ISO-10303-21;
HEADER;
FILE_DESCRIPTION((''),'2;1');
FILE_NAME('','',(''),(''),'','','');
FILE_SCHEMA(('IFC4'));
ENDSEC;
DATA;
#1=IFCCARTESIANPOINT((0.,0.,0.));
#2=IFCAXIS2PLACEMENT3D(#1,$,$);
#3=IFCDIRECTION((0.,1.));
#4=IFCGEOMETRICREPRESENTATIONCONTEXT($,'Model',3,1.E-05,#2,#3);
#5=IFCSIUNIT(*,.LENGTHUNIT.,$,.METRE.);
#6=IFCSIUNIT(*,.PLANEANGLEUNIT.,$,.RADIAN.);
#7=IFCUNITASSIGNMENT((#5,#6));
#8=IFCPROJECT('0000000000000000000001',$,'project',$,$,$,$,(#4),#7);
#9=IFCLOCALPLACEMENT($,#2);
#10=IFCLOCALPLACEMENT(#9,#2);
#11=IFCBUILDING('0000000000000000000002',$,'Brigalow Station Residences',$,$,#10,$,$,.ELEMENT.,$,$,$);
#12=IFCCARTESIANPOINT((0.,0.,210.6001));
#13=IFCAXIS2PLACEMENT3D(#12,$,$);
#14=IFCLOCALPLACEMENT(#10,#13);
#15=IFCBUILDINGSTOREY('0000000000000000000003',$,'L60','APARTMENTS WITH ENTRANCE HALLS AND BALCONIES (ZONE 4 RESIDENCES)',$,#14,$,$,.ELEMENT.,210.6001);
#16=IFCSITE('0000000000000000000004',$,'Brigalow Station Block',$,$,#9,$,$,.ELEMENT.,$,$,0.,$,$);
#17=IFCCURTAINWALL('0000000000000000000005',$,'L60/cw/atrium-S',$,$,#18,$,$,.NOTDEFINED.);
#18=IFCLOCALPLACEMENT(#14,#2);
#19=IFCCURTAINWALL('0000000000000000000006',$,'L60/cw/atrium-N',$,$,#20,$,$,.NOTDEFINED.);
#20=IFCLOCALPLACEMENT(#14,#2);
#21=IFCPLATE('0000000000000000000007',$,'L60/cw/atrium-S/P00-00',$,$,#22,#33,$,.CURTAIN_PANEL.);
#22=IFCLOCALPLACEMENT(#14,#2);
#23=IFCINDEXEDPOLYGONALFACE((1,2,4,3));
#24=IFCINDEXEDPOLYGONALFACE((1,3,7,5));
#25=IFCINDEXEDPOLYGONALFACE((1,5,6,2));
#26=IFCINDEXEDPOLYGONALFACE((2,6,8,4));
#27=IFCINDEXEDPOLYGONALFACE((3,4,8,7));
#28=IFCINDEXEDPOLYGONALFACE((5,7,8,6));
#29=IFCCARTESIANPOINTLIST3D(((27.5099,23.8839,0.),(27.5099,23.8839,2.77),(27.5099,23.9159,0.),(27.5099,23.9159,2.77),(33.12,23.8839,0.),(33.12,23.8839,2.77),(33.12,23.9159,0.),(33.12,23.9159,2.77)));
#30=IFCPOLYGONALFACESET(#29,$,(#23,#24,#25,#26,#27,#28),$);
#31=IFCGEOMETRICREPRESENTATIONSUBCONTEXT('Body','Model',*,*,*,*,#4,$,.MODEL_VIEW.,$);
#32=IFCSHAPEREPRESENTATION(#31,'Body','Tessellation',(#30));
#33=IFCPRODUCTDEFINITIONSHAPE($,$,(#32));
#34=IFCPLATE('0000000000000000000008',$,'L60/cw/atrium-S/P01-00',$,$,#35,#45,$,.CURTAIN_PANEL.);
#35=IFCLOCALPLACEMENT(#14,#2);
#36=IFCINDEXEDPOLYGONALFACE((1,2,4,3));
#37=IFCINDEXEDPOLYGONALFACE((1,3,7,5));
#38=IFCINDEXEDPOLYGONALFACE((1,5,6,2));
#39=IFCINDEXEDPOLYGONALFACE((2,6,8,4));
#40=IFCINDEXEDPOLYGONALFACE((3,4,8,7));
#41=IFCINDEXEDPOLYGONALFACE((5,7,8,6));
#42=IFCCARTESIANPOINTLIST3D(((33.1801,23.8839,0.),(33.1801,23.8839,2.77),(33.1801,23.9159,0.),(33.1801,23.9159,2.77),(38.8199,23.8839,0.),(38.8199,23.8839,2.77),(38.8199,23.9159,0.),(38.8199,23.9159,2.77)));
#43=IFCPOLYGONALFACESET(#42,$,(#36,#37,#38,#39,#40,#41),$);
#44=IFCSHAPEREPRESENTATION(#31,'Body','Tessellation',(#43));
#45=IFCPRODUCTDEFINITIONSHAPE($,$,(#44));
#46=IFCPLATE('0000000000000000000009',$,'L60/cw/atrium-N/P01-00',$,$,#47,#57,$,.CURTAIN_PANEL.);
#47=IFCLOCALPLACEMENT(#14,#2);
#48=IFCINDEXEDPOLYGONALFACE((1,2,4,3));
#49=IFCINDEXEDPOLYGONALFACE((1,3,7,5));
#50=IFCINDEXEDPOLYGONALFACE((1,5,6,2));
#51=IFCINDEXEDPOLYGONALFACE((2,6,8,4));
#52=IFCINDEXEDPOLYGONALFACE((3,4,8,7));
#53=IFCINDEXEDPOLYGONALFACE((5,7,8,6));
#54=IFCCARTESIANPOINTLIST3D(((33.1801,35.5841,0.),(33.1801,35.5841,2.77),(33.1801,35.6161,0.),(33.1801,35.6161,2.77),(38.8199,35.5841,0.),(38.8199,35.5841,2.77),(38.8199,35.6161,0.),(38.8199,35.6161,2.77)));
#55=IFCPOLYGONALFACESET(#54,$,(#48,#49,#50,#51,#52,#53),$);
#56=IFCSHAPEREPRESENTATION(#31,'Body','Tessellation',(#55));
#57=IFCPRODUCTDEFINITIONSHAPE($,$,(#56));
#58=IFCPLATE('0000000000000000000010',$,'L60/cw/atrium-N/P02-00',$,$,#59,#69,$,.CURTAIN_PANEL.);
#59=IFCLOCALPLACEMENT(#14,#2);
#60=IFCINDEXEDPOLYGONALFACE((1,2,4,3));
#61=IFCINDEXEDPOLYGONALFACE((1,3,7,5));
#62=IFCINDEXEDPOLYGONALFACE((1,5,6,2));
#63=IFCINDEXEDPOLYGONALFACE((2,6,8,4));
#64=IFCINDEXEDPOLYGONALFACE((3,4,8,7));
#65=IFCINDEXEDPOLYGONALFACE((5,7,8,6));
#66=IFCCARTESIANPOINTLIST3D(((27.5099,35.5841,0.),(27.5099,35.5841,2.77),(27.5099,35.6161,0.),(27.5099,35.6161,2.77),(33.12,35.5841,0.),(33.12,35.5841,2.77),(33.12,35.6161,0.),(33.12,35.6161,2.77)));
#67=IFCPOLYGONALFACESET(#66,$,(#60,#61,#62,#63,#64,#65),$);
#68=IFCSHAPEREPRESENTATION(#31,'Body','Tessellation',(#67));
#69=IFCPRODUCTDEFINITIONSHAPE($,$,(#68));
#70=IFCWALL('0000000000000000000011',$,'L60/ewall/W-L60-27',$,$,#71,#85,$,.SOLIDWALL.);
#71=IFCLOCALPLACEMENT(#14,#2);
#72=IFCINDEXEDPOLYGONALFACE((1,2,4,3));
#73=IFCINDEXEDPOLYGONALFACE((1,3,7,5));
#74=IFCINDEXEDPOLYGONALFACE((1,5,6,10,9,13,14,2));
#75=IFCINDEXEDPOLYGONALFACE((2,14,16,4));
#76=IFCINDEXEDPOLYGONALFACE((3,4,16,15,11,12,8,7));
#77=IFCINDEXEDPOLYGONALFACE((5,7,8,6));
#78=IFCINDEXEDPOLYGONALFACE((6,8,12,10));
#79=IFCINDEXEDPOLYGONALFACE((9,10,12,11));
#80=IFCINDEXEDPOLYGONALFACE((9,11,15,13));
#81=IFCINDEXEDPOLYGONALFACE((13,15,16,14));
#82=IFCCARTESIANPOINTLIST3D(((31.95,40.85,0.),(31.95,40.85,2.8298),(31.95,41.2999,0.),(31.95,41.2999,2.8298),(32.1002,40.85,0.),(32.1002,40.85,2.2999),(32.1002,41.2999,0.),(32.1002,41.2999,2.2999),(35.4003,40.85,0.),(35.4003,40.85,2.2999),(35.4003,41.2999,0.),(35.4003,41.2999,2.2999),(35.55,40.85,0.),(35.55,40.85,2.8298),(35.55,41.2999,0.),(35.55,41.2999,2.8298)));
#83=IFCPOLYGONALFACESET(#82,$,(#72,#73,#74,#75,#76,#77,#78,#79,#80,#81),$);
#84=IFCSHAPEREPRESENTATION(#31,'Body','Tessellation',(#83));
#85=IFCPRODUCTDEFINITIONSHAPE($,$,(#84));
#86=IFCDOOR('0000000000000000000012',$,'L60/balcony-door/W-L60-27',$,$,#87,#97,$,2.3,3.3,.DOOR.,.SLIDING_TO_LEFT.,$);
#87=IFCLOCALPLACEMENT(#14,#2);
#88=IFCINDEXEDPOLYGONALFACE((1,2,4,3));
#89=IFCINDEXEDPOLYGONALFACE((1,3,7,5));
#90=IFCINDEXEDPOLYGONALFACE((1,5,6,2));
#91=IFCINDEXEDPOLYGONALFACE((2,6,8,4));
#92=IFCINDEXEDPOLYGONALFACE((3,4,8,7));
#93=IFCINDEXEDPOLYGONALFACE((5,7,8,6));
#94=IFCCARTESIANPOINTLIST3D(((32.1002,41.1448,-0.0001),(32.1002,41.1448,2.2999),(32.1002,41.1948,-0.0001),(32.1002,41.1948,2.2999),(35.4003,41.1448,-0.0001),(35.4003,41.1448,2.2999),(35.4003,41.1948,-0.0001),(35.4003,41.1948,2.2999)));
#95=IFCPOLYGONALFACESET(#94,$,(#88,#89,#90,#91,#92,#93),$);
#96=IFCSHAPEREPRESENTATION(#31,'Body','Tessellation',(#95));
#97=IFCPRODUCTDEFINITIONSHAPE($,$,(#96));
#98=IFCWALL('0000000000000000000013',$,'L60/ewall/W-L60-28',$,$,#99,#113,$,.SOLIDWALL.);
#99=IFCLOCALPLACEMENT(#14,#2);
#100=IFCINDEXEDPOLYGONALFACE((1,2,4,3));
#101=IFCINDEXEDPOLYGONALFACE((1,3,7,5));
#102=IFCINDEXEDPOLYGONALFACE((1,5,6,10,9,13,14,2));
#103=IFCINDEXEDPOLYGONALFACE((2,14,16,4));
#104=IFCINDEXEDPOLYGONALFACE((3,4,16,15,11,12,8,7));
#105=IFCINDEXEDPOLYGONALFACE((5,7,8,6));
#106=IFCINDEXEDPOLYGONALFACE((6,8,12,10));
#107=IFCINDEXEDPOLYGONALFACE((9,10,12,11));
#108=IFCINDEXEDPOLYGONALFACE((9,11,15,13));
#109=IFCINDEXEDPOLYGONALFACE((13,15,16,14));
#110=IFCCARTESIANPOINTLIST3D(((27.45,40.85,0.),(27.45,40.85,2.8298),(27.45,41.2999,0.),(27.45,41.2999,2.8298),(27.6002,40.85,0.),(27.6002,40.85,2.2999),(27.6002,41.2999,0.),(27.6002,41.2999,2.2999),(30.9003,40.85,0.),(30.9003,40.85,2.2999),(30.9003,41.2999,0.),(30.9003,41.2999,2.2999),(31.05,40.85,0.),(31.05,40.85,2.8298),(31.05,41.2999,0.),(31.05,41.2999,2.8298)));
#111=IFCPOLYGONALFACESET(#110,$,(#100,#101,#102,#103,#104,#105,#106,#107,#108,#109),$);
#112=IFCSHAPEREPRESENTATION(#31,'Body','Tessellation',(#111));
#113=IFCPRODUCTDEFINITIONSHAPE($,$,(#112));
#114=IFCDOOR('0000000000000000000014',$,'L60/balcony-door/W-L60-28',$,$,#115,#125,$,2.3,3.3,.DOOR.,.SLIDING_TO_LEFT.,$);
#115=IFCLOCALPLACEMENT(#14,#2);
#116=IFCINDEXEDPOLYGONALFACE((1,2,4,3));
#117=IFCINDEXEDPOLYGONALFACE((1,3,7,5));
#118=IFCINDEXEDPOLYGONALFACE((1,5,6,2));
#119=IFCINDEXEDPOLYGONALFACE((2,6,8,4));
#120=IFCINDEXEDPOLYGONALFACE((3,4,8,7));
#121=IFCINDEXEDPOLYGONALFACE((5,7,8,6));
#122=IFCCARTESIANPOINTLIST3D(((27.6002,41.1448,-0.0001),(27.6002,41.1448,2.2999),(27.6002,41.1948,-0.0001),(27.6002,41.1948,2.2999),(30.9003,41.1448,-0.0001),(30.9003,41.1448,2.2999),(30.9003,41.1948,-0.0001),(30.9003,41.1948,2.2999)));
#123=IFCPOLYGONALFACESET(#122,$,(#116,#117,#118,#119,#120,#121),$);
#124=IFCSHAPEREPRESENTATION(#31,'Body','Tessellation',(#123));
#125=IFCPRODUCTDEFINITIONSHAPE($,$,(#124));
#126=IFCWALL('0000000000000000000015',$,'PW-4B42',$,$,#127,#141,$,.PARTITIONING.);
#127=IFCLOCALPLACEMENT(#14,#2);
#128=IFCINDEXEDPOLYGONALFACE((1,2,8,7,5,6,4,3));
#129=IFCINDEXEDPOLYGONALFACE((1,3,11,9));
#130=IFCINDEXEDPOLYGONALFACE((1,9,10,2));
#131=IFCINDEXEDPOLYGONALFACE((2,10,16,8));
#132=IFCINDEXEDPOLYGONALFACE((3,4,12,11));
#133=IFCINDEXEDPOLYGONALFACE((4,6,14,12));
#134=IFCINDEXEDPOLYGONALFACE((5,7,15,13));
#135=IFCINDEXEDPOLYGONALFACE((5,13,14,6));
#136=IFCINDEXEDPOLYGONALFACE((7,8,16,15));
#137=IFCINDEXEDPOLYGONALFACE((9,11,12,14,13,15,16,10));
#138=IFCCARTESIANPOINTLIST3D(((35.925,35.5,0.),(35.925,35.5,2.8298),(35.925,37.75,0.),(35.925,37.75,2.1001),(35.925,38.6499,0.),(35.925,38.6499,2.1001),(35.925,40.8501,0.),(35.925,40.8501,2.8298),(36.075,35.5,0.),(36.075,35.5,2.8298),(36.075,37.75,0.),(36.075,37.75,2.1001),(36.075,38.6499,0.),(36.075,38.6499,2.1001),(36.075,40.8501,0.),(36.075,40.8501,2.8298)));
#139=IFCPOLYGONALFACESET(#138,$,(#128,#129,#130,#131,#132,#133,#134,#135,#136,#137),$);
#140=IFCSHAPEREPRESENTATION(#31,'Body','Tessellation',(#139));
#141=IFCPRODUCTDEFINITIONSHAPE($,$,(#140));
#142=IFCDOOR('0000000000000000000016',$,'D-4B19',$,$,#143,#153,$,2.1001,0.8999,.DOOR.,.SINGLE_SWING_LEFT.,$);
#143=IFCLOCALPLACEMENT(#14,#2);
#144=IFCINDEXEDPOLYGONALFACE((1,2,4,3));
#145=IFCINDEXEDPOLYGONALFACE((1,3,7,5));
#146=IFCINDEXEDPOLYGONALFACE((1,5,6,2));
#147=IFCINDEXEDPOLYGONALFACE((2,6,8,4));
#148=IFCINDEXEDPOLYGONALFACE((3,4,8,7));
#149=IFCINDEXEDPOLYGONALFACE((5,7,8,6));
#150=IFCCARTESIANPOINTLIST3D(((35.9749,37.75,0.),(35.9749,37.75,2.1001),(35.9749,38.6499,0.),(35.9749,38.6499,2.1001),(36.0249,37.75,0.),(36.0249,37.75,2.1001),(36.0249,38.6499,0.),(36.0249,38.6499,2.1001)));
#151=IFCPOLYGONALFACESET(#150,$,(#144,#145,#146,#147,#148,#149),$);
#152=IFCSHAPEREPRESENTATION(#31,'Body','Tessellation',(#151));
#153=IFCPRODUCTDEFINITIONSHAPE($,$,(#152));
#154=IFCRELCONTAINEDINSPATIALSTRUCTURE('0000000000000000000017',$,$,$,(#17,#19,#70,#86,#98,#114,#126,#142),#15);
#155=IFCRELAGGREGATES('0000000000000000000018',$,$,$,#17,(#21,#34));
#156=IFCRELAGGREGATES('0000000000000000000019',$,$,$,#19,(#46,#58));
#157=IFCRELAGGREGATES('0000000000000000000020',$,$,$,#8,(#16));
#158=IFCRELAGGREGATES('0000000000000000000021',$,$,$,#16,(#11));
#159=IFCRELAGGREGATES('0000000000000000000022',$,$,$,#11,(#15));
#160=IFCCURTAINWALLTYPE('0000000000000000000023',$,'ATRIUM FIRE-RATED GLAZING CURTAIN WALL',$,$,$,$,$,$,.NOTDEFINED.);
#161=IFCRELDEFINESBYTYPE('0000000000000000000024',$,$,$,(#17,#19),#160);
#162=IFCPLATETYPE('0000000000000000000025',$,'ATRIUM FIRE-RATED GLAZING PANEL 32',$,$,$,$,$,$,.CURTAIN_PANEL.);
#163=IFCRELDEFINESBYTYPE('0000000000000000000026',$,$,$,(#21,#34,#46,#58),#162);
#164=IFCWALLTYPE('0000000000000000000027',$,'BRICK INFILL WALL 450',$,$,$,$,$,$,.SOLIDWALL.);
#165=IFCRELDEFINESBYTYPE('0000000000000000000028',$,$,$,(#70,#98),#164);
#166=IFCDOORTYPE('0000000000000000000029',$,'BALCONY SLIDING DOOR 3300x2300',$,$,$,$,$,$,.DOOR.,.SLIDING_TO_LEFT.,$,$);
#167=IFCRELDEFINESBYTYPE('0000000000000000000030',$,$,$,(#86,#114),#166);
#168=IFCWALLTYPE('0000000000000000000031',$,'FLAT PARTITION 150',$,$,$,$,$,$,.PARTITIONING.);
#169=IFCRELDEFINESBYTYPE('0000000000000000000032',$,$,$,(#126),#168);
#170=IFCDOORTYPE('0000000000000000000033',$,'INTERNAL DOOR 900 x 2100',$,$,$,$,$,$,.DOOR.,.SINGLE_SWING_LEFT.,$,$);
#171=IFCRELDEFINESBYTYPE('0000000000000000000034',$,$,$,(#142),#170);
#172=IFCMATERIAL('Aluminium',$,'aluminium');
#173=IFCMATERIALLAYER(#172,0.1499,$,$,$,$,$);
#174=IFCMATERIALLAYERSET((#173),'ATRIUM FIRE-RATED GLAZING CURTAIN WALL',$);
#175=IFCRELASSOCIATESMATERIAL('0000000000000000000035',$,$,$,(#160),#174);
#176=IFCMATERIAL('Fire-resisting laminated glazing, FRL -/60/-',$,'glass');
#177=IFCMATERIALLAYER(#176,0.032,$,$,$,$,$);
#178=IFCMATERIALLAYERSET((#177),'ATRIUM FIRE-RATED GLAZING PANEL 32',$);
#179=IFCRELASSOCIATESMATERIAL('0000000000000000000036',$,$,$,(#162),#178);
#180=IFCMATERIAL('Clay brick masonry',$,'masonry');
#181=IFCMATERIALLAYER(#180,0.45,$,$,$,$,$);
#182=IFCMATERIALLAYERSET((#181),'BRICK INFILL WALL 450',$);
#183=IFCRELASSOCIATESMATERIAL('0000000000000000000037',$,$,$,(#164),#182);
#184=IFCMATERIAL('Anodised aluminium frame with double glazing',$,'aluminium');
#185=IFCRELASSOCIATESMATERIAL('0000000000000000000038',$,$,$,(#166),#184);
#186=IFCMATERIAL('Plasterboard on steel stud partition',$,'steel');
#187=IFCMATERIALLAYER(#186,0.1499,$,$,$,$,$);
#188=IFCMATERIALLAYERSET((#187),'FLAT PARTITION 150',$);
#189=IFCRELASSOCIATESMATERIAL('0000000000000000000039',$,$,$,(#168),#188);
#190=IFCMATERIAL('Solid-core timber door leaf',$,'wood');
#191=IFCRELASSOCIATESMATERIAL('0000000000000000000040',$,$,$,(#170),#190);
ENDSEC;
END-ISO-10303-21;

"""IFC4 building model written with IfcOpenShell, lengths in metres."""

from ifc_helpers import new_model, si_unit, direction, frame, frame_2d, origin, origin_2d, place, context, subcontext, project, spatial, rectangle, extrude, material, layer, layer_set, type_object, element, fill, aggregate, save


model = new_model("IFC4")

# Units and contexts
model_context = context("Model", 3, precision=1e-05, world=origin(), true_north=direction((0.0, 1.0)))
body_context = subcontext(model_context, "Body", "Model", "MODEL_VIEW")
ifc_project = project(units=[si_unit("LENGTHUNIT", "METRE"), si_unit("PLANEANGLEUNIT", "RADIAN")], contexts=[model_context])

# Site, building, storey
site_placement = place(None, origin())
site = spatial("IfcSite", under=ifc_project, at=site_placement, Name="Brigalow Station Block", CompositionType="ELEMENT", RefElevation=0.0)
building_placement = place(site_placement, origin())
building = spatial("IfcBuilding", under=site, at=building_placement, Name="Brigalow Station Residences", CompositionType="ELEMENT")
storey_placement = place(building_placement, frame((0.0, 0.0, 210.6001)))
storey = spatial("IfcBuildingStorey", under=building, at=storey_placement, Name="L60", Description="APARTMENTS WITH ENTRANCE HALLS AND BALCONIES (ZONE 4 RESIDENCES)", CompositionType="ELEMENT", Elevation=210.6001)

# Curtain walls
ifc_material_1 = material(Name="Aluminium", Category="aluminium")
ifc_layer_1 = layer(ifc_material_1, 0.1499)
ifc_layer_set_1 = layer_set([ifc_layer_1], Name="ATRIUM FIRE-RATED GLAZING CURTAIN WALL")
curtain_wall_type = type_object("IfcCurtainWallType", Name="ATRIUM FIRE-RATED GLAZING CURTAIN WALL", PredefinedType="NOTDEFINED", material=ifc_layer_set_1)
curtain_wall_1_placement = place(storey_placement, origin())
curtain_wall_1 = element("IfcCurtainWall", 1, at=curtain_wall_1_placement, inside=storey, type_object=curtain_wall_type, Name="L60/cw/atrium-S", PredefinedType="NOTDEFINED")
curtain_wall_2_placement = place(storey_placement, origin())
curtain_wall_2 = element("IfcCurtainWall", 2, at=curtain_wall_2_placement, inside=storey, type_object=curtain_wall_type, Name="L60/cw/atrium-N", PredefinedType="NOTDEFINED")

# Plates
ifc_material_2 = material(Name="Fire-resisting laminated glazing, FRL -/60/-", Category="glass")
ifc_layer_2 = layer(ifc_material_2, 0.032)
ifc_layer_set_2 = layer_set([ifc_layer_2], Name="ATRIUM FIRE-RATED GLAZING PANEL 32")
plate_type = type_object("IfcPlateType", Name="ATRIUM FIRE-RATED GLAZING PANEL 32", PredefinedType="CURTAIN_PANEL", material=ifc_layer_set_2)
plate_1_placement = place(storey_placement, frame((30.3149, 23.8999, 0.0), z_axis=(0.0, 0.0, 1.0), x_axis=(1.0, 0.0, 0.0)))
plate_1 = element("IfcPlate", 3, at=plate_1_placement, type_object=plate_type, Name="L60/cw/atrium-S/P00-00", PredefinedType="CURTAIN_PANEL", context=body_context, shape_type="SweptSolid", body=[
    extrude(rectangle(XDim=5.6101, YDim=0.032, at=origin_2d()), origin(), (0.0, 0.0, 1.0), 2.77),
])
plate_2_placement = place(storey_placement, frame((36.0, 23.8999, 0.0), z_axis=(0.0, 0.0, 1.0), x_axis=(1.0, 0.0, 0.0)))
plate_2 = element("IfcPlate", 4, at=plate_2_placement, type_object=plate_type, Name="L60/cw/atrium-S/P01-00", PredefinedType="CURTAIN_PANEL", context=body_context, shape_type="SweptSolid", body=[
    extrude(rectangle(XDim=5.6399, YDim=0.032, at=origin_2d()), origin(), (0.0, 0.0, 1.0), 2.77),
])
aggregate(curtain_wall_1, [plate_1, plate_2])
plate_3_placement = place(storey_placement, frame((36.0, 35.6001, 0.0), z_axis=(0.0, 0.0, 1.0), x_axis=(-1.0, 0.0, 0.0)))
plate_3 = element("IfcPlate", 5, at=plate_3_placement, type_object=plate_type, Name="L60/cw/atrium-N/P01-00", PredefinedType="CURTAIN_PANEL", context=body_context, shape_type="SweptSolid", body=[
    extrude(rectangle(XDim=5.6399, YDim=0.032, at=origin_2d()), origin(), (0.0, 0.0, 1.0), 2.77),
])
plate_4_placement = place(storey_placement, frame((30.3149, 35.6001, 0.0), z_axis=(0.0, 0.0, 1.0), x_axis=(-1.0, 0.0, 0.0)))
plate_4 = element("IfcPlate", 6, at=plate_4_placement, type_object=plate_type, Name="L60/cw/atrium-N/P02-00", PredefinedType="CURTAIN_PANEL", context=body_context, shape_type="SweptSolid", body=[
    extrude(rectangle(XDim=5.6101, YDim=0.032, at=origin_2d()), origin(), (0.0, 0.0, 1.0), 2.77),
])
aggregate(curtain_wall_2, [plate_3, plate_4])

# Walls, openings, doors
ifc_material_3 = material(Name="Clay brick masonry", Category="masonry")
ifc_layer_3 = layer(ifc_material_3, 0.45)
ifc_layer_set_3 = layer_set([ifc_layer_3], Name="BRICK INFILL WALL 450")
wall_type_1 = type_object("IfcWallType", Name="BRICK INFILL WALL 450", PredefinedType="SOLIDWALL", material=ifc_layer_set_3)
wall_1_placement = place(storey_placement, frame((35.55, 41.075, 0.0), z_axis=(0.0, 0.0, 1.0), x_axis=(-1.0, 0.0, 0.0)))
wall_1 = element("IfcWall", 7, at=wall_1_placement, inside=storey, type_object=wall_type_1, Name="L60/ewall/W-L60-27", PredefinedType="SOLIDWALL", context=body_context, shape_type="SweptSolid", body=[
    extrude(rectangle(XDim=3.6001, YDim=0.45, at=frame_2d((1.8, 0.0))), origin(), (0.0, 0.0, 1.0), 2.8298),
])
opening_1_placement = place(wall_1_placement, frame((0.1499, 0.0, 0.0)))
opening_1 = element("IfcOpeningElement", 8, at=opening_1_placement, cuts=wall_1, PredefinedType="OPENING", context=body_context, shape_type="SweptSolid", body=[
    extrude(rectangle(XDim=3.3, YDim=2.3, at=frame_2d((1.6499, 1.1499))), frame((0.0, 0.2349, 0.0), z_axis=(0.0, -1.0, 0.0), x_axis=(1.0, 0.0, 0.0)), (0.0, 0.0, 1.0), 0.47),
])
ifc_material_4 = material(Name="Anodised aluminium frame with double glazing", Category="aluminium")
door_type_1 = type_object("IfcDoorType", Name="BALCONY SLIDING DOOR 3300x2300", OperationType="SLIDING_TO_LEFT", PredefinedType="DOOR", material=ifc_material_4)
door_1_placement = place(opening_1_placement, origin())
door_1 = element("IfcDoor", 9, at=door_1_placement, inside=storey, type_object=door_type_1, Name="L60/balcony-door/W-L60-27", OperationType="SLIDING_TO_LEFT", OverallHeight=2.3, OverallWidth=3.3, PredefinedType="DOOR", context=body_context, shape_type="SweptSolid", body=[
    extrude(rectangle(XDim=3.3, YDim=2.3, at=frame_2d((1.6499, 1.1499))), frame((0.0, -0.0698, 0.0), z_axis=(0.0, -1.0, 0.0), x_axis=(1.0, 0.0, 0.0)), (0.0, 0.0, 1.0), 0.05),
])
fill(opening_1, door_1)
wall_2_placement = place(storey_placement, frame((31.05, 41.075, 0.0), z_axis=(0.0, 0.0, 1.0), x_axis=(-1.0, 0.0, 0.0)))
wall_2 = element("IfcWall", 10, at=wall_2_placement, inside=storey, type_object=wall_type_1, Name="L60/ewall/W-L60-28", PredefinedType="SOLIDWALL", context=body_context, shape_type="SweptSolid", body=[
    extrude(rectangle(XDim=3.6001, YDim=0.45, at=frame_2d((1.8, 0.0))), origin(), (0.0, 0.0, 1.0), 2.8298),
])
opening_2_placement = place(wall_2_placement, frame((0.1499, 0.0, 0.0)))
opening_2 = element("IfcOpeningElement", 11, at=opening_2_placement, cuts=wall_2, PredefinedType="OPENING", context=body_context, shape_type="SweptSolid", body=[
    extrude(rectangle(XDim=3.3, YDim=2.3, at=frame_2d((1.6499, 1.1499))), frame((0.0, 0.2349, 0.0), z_axis=(0.0, -1.0, 0.0), x_axis=(1.0, 0.0, 0.0)), (0.0, 0.0, 1.0), 0.47),
])
door_2_placement = place(opening_2_placement, origin())
door_2 = element("IfcDoor", 12, at=door_2_placement, inside=storey, type_object=door_type_1, Name="L60/balcony-door/W-L60-28", OperationType="SLIDING_TO_LEFT", OverallHeight=2.3, OverallWidth=3.3, PredefinedType="DOOR", context=body_context, shape_type="SweptSolid", body=[
    extrude(rectangle(XDim=3.3, YDim=2.3, at=frame_2d((1.6499, 1.1499))), frame((0.0, -0.0698, 0.0), z_axis=(0.0, -1.0, 0.0), x_axis=(1.0, 0.0, 0.0)), (0.0, 0.0, 1.0), 0.05),
])
fill(opening_2, door_2)
ifc_material_5 = material(Name="Plasterboard on steel stud partition", Category="steel")
ifc_layer_4 = layer(ifc_material_5, 0.1499)
ifc_layer_set_4 = layer_set([ifc_layer_4], Name="FLAT PARTITION 150")
wall_type_2 = type_object("IfcWallType", Name="FLAT PARTITION 150", PredefinedType="PARTITIONING", material=ifc_layer_set_4)
wall_3_placement = place(storey_placement, frame((36.0, 35.5, 0.0), z_axis=(0.0, 0.0, 1.0), x_axis=(0.0, 1.0, 0.0)))
wall_3 = element("IfcWall", 13, at=wall_3_placement, inside=storey, type_object=wall_type_2, Name="PW-4B42", PredefinedType="PARTITIONING", context=body_context, shape_type="SweptSolid", body=[
    extrude(rectangle(XDim=5.3501, YDim=0.1499, at=frame_2d((2.675, 0.0))), origin(), (0.0, 0.0, 1.0), 2.8298),
])
opening_3_placement = place(wall_3_placement, frame((2.25, 0.0, 0.0)))
opening_3 = element("IfcOpeningElement", 14, at=opening_3_placement, cuts=wall_3, PredefinedType="OPENING", context=body_context, shape_type="SweptSolid", body=[
    extrude(rectangle(XDim=0.8999, YDim=2.1001, at=frame_2d((0.45, 1.05))), frame((0.0, 0.085, 0.0), z_axis=(0.0, -1.0, 0.0), x_axis=(1.0, 0.0, 0.0)), (0.0, 0.0, 1.0), 0.1699),
])
ifc_material_6 = material(Name="Solid-core timber door leaf", Category="wood")
door_type_2 = type_object("IfcDoorType", Name="INTERNAL DOOR 900 x 2100", OperationType="SINGLE_SWING_LEFT", PredefinedType="DOOR", material=ifc_material_6)
door_3_placement = place(opening_3_placement, frame((0.8999, 0.0, 0.0), z_axis=(0.0, 0.0, 1.0), x_axis=(-1.0, 0.0, 0.0)))
door_3 = element("IfcDoor", 15, at=door_3_placement, inside=storey, type_object=door_type_2, Name="D-4B19", OperationType="SINGLE_SWING_LEFT", OverallHeight=2.1001, OverallWidth=0.8999, PredefinedType="DOOR", context=body_context, shape_type="SweptSolid", body=[
    extrude(rectangle(XDim=0.8999, YDim=2.1001, at=frame_2d((0.45, 1.05))), frame((0.0, 0.0249, 0.0), z_axis=(0.0, -1.0, 0.0), x_axis=(1.0, 0.0, 0.0)), (0.0, 0.0, 1.0), 0.05),
])
fill(opening_3, door_3)

save(model, "model.ifc")
